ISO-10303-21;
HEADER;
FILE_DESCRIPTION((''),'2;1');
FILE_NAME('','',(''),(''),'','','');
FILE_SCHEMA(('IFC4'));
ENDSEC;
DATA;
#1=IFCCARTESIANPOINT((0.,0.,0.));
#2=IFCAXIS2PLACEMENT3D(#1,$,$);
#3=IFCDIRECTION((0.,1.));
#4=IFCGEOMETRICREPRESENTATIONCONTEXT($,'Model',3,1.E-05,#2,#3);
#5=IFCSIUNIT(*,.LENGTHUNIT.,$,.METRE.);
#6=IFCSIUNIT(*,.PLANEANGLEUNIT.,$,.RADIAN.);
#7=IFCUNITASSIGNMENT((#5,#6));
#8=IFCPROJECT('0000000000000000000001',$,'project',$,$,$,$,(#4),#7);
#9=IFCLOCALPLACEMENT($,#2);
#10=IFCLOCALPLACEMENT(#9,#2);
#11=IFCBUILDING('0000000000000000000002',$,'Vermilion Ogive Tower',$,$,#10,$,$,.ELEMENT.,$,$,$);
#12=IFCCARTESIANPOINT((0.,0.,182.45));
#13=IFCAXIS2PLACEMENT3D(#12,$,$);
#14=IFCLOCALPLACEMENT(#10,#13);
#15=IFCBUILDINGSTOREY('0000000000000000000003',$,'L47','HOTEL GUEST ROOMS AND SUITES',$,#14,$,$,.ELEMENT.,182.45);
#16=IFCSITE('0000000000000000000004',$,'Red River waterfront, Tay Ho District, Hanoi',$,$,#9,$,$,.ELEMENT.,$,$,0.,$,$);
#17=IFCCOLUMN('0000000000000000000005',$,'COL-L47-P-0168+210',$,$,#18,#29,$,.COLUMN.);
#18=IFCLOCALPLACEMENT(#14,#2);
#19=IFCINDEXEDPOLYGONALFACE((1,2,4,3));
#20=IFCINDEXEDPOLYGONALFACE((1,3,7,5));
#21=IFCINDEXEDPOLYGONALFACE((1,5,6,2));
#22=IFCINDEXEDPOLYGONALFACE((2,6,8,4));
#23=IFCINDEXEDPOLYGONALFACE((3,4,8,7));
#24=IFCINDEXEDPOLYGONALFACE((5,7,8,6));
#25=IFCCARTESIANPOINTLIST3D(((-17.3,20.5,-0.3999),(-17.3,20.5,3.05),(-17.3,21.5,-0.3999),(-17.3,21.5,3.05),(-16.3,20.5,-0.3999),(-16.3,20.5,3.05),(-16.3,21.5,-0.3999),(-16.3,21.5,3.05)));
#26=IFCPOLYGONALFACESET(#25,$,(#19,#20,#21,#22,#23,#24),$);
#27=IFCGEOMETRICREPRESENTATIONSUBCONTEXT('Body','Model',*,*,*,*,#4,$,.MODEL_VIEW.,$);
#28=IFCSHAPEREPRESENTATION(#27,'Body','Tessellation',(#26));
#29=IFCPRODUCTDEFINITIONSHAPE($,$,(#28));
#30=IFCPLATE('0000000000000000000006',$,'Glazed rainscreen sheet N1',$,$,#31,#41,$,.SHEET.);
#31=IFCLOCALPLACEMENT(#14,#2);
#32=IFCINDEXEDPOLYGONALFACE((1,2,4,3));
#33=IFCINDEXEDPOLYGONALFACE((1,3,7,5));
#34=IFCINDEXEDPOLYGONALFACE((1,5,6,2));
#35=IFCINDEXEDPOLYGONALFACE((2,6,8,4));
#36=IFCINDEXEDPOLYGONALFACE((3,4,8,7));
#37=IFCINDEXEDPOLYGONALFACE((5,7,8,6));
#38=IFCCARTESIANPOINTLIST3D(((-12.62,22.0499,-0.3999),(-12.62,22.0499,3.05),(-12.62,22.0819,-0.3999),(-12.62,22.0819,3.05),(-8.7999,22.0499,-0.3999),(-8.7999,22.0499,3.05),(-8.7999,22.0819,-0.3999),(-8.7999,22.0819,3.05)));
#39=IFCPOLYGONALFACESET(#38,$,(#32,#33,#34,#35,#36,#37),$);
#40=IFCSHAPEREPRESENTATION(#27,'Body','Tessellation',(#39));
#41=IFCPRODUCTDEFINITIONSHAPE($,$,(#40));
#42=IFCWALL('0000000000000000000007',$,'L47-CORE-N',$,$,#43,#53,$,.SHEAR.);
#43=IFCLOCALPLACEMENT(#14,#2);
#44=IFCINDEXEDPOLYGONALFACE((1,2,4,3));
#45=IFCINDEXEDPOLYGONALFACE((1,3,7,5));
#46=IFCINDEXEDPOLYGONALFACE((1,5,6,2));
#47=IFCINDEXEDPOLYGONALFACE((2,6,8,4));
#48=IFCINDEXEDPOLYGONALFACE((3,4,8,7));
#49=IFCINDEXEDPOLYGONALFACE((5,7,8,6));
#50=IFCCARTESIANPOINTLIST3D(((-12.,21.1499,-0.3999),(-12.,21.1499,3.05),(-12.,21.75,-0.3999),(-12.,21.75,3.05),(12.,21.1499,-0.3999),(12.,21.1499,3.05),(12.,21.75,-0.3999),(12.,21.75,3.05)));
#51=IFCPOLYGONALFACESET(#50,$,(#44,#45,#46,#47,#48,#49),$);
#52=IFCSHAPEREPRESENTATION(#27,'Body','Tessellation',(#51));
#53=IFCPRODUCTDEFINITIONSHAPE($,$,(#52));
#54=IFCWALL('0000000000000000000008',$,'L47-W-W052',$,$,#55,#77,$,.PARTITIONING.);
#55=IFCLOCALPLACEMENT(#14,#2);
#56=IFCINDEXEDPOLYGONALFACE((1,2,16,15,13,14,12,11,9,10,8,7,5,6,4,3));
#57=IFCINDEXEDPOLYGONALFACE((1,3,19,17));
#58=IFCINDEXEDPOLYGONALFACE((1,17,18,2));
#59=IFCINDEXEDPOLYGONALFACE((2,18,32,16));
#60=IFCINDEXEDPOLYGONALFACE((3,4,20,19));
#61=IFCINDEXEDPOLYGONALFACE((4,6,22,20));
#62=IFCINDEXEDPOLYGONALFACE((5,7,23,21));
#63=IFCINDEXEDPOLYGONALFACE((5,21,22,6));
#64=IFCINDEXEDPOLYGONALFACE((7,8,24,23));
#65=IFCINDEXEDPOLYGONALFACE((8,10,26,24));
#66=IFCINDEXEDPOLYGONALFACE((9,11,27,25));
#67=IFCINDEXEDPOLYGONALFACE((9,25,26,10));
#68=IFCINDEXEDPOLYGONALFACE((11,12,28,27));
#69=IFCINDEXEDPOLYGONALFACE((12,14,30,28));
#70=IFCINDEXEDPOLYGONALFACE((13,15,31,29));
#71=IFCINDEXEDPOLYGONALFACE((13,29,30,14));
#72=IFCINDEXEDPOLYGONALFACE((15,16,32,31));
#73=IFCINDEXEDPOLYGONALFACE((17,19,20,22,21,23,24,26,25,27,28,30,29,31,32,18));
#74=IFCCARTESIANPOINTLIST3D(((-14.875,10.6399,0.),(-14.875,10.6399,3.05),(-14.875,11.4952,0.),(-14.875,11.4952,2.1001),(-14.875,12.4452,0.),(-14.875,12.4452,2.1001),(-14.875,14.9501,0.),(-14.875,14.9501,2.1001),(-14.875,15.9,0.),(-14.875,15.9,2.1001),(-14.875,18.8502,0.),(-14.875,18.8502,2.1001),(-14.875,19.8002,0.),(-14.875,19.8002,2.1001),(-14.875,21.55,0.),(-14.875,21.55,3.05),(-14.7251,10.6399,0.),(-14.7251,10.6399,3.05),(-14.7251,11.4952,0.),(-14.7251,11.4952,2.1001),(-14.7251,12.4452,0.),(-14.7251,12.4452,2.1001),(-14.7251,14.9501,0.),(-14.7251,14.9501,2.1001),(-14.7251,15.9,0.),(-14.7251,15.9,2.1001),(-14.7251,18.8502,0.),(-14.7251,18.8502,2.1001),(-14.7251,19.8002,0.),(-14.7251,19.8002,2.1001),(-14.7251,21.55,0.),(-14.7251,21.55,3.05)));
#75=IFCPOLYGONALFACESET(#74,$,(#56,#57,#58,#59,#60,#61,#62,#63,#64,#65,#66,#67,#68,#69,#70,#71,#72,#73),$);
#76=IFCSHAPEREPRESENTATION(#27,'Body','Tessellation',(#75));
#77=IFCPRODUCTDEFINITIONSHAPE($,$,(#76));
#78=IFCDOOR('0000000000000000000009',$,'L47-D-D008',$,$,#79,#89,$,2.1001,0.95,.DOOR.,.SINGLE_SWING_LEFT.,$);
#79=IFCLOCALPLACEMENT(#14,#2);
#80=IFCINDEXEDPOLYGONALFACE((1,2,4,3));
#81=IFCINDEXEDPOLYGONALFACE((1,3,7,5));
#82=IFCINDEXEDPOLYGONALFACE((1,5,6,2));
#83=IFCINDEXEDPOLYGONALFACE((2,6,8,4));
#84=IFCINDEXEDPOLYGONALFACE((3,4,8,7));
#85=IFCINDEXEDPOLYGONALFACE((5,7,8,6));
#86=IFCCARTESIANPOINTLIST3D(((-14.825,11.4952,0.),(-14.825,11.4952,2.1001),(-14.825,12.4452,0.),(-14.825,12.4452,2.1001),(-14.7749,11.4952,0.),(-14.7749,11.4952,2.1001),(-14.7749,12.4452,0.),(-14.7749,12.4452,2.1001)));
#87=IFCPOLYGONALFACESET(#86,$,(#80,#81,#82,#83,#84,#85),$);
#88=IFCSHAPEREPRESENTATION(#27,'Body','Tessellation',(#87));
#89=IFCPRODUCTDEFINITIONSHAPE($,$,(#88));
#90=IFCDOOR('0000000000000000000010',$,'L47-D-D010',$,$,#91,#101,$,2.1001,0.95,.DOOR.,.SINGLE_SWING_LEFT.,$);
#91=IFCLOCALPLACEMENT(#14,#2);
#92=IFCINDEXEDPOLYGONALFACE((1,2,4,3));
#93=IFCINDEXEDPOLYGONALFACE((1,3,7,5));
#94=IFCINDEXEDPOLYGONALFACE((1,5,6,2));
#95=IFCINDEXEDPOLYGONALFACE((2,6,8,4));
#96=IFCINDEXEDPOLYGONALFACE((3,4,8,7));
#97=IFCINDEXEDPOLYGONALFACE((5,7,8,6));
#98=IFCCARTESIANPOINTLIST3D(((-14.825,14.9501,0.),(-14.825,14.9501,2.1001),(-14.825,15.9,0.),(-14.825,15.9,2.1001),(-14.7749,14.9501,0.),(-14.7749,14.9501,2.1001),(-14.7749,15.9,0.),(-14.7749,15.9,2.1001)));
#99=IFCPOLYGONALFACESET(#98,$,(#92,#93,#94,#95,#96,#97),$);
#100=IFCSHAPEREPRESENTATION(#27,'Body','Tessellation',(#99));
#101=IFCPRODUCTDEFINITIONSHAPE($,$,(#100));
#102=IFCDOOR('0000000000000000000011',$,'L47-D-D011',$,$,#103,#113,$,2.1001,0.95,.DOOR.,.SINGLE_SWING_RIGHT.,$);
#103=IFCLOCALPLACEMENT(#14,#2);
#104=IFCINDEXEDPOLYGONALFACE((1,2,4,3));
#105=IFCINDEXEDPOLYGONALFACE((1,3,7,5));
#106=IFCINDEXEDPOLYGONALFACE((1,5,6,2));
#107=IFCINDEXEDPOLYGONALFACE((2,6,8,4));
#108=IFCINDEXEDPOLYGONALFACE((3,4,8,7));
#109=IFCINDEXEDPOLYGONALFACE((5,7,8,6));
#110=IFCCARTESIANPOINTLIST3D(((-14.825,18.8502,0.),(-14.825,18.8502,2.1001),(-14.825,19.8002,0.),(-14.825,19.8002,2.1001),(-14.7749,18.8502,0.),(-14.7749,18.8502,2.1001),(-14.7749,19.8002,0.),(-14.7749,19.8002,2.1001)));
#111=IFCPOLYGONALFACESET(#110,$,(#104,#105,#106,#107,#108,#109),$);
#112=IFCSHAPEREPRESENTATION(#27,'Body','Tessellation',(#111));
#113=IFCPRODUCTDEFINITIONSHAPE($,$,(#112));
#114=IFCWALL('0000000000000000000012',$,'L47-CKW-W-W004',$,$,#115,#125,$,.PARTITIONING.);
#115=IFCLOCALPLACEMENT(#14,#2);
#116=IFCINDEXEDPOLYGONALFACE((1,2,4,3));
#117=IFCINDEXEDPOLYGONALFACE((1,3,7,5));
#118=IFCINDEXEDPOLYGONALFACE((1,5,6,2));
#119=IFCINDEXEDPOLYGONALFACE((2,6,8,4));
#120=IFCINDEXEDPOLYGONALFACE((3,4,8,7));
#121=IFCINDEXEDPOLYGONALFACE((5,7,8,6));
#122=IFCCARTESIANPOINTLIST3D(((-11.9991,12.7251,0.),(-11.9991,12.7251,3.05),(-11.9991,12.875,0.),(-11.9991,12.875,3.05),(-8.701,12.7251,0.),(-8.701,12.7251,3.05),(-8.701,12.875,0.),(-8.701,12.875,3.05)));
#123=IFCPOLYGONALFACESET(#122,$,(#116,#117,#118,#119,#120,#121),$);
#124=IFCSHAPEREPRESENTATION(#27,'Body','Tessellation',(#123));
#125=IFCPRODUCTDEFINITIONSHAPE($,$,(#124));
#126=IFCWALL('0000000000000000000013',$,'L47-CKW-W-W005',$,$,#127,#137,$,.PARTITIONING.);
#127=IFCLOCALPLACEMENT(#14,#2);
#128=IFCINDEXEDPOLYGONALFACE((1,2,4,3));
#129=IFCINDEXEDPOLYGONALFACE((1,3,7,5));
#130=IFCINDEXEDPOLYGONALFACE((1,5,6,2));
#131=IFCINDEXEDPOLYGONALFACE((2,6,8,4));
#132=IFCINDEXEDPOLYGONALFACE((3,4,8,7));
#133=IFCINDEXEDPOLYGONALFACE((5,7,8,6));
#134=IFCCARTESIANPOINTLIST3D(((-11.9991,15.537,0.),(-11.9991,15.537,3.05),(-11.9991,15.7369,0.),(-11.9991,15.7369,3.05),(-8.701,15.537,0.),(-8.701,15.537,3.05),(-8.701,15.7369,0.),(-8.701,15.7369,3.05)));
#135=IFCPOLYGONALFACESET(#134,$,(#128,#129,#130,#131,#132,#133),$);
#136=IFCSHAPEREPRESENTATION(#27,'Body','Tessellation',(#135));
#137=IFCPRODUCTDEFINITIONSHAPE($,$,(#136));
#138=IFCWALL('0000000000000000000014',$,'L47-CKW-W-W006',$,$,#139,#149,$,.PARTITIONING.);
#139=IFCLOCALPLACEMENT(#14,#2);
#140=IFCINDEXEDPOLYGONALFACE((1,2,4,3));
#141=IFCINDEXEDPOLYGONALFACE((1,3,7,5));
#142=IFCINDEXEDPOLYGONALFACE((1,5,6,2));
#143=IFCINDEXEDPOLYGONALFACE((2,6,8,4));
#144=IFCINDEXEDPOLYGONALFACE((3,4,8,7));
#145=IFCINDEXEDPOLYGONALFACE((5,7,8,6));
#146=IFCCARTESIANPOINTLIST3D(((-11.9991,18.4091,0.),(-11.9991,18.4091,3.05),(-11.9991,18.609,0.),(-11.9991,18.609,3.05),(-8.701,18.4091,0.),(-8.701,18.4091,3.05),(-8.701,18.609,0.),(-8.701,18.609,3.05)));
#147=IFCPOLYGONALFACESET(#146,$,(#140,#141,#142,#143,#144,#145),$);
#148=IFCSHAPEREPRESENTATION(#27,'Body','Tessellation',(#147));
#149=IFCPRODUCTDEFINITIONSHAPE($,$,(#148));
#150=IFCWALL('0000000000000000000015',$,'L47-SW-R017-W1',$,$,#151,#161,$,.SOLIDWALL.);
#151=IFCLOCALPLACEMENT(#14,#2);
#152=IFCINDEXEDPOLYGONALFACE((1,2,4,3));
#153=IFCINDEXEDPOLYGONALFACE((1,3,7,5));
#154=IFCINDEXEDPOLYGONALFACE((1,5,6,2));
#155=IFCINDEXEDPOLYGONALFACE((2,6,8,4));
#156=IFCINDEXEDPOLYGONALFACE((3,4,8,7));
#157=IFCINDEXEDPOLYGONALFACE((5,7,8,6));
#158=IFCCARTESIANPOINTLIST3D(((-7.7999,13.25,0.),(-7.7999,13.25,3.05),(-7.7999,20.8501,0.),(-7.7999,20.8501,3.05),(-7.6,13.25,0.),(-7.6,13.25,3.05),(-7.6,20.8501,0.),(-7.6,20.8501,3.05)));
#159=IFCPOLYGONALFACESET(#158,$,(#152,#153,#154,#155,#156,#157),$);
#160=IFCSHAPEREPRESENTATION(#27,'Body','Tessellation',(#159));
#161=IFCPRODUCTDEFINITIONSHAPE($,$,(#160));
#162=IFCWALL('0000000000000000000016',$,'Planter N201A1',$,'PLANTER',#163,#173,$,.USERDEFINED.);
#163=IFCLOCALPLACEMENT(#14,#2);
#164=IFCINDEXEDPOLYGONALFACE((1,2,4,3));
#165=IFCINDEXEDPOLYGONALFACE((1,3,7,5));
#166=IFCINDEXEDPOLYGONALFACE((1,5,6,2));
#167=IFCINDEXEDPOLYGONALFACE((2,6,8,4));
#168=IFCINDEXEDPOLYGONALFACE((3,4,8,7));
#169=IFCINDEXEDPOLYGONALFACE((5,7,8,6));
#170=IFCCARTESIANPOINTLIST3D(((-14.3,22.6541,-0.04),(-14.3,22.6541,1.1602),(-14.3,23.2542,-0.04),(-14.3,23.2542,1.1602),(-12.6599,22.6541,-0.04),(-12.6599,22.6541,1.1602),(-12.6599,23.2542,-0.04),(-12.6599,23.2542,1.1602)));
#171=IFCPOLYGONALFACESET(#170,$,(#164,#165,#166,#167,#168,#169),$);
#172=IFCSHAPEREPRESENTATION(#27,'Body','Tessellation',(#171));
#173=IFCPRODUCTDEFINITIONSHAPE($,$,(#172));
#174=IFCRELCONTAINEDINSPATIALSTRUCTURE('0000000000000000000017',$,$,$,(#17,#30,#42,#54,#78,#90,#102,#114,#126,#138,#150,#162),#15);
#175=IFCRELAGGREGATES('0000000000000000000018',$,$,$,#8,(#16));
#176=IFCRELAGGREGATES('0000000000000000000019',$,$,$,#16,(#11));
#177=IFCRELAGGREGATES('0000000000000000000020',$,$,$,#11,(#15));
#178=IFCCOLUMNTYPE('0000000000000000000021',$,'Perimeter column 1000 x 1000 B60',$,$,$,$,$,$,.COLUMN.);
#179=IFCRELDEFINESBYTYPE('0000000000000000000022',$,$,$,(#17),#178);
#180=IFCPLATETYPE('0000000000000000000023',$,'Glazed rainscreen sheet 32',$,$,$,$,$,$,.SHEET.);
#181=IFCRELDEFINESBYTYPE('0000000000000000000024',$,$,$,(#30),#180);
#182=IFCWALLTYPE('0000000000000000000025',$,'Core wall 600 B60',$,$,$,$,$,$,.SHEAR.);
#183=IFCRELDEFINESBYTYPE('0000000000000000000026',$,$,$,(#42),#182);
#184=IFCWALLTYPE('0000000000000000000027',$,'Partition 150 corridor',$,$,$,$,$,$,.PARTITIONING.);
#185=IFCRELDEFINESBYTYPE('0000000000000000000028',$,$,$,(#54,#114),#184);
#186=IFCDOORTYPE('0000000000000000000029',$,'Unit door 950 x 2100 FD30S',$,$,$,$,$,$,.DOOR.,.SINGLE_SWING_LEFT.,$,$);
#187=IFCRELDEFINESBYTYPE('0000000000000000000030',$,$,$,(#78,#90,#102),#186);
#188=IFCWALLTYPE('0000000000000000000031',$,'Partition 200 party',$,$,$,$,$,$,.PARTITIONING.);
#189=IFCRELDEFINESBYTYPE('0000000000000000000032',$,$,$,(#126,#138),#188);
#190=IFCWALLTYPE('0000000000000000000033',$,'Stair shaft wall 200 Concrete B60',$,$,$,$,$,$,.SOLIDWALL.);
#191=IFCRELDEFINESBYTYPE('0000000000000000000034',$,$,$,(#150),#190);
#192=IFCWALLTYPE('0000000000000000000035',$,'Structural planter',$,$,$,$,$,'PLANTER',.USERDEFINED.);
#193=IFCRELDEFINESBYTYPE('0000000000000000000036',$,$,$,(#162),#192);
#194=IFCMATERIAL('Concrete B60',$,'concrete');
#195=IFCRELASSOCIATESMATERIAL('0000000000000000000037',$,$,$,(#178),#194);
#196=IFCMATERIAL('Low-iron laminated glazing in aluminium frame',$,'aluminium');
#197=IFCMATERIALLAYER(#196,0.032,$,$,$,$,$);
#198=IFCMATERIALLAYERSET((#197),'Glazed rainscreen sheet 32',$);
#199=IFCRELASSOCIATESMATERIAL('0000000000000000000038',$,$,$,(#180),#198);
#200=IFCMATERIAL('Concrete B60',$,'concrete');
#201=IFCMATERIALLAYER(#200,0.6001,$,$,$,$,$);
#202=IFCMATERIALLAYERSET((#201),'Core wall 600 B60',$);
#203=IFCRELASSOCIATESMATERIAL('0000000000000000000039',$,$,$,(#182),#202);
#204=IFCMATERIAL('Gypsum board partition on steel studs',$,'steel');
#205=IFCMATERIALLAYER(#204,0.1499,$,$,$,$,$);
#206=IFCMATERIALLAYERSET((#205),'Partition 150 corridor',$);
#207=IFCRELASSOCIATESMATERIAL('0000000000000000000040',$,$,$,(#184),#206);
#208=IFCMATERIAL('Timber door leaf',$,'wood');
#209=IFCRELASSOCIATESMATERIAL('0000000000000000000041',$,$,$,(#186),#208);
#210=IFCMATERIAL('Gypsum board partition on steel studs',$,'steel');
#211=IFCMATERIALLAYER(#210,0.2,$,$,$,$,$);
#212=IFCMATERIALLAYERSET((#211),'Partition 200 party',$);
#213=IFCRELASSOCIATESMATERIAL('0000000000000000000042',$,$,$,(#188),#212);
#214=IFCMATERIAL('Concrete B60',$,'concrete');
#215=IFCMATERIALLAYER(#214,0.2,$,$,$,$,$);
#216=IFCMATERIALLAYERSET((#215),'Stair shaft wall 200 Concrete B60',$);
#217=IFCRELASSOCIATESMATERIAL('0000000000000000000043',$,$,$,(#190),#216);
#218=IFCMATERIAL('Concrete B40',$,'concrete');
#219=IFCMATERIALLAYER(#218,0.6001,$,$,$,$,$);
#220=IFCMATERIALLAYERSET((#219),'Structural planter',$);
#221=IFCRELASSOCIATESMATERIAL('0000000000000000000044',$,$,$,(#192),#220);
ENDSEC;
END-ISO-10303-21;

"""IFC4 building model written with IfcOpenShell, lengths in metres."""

from ifc_helpers import new_model, si_unit, direction, frame, frame_2d, origin, origin_2d, place, context, subcontext, project, spatial, rectangle, extrude, material, layer, layer_set, material_profile, profile_set, type_object, element, fill, save


model = new_model("IFC4")

# Units and contexts
model_context = context("Model", 3, precision=1e-05, world=origin(), true_north=direction((0.0, 1.0)))
body_context = subcontext(model_context, "Body", "Model", "MODEL_VIEW")
ifc_project = project(units=[si_unit("LENGTHUNIT", "METRE"), si_unit("PLANEANGLEUNIT", "RADIAN")], contexts=[model_context])

# Site, building, storey
site_placement = place(None, origin())
site = spatial("IfcSite", under=ifc_project, at=site_placement, Name="Red River waterfront, Tay Ho District, Hanoi", CompositionType="ELEMENT", RefElevation=0.0)
building_placement = place(site_placement, origin())
building = spatial("IfcBuilding", under=site, at=building_placement, Name="Vermilion Ogive Tower", CompositionType="ELEMENT")
storey_placement = place(building_placement, frame((0.0, 0.0, 182.45)))
storey = spatial("IfcBuildingStorey", under=building, at=storey_placement, Name="L47", Description="HOTEL GUEST ROOMS AND SUITES", CompositionType="ELEMENT", Elevation=182.45)

# Column
ifc_material_1 = material(Name="Concrete B60", Category="concrete")
ifc_material_profile = material_profile(ifc_material_1, rectangle(XDim=1.0, YDim=1.0, at=origin_2d()), Name="1000 x 1000")
ifc_profile_set = profile_set([ifc_material_profile], Name="Concrete B60")
column_type = type_object("IfcColumnType", Name="Perimeter column 1000 x 1000 B60", PredefinedType="COLUMN", material=ifc_profile_set)
column_placement = place(storey_placement, frame((-16.8, 21.0, -0.3999), z_axis=(0.0, 0.0, 1.0), x_axis=(1.0, 0.0, 0.0)))
element("IfcColumn", 1, at=column_placement, inside=storey, type_object=column_type, Name="COL-L47-P-0168+210", PredefinedType="COLUMN", context=body_context, shape_type="SweptSolid", body=[
    extrude(rectangle(XDim=1.0, YDim=1.0, at=origin_2d()), origin(), (0.0, 0.0, 1.0), 3.45),
])

# Plate
ifc_material_2 = material(Name="Low-iron laminated glazing in aluminium frame", Category="aluminium")
ifc_layer_1 = layer(ifc_material_2, 0.032)
ifc_layer_set_1 = layer_set([ifc_layer_1], Name="Glazed rainscreen sheet 32")
plate_type = type_object("IfcPlateType", Name="Glazed rainscreen sheet 32", PredefinedType="SHEET", material=ifc_layer_set_1)
plate_placement = place(storey_placement, frame((-10.71, 22.0659, -0.3999), z_axis=(0.0, 0.0, 1.0), x_axis=(1.0, 0.0, 0.0)))
element("IfcPlate", 2, at=plate_placement, inside=storey, type_object=plate_type, Name="Glazed rainscreen sheet N1", PredefinedType="SHEET", context=body_context, shape_type="SweptSolid", body=[
    extrude(rectangle(XDim=3.8201, YDim=0.032, at=origin_2d()), origin(), (0.0, 0.0, 1.0), 3.45),
])

# Wall
ifc_material_3 = material(Name="Concrete B60", Category="concrete")
ifc_layer_2 = layer(ifc_material_3, 0.6001)
ifc_layer_set_2 = layer_set([ifc_layer_2], Name="Core wall 600 B60")
wall_type_1 = type_object("IfcWallType", Name="Core wall 600 B60", PredefinedType="SHEAR", material=ifc_layer_set_2)
wall_1_placement = place(storey_placement, frame((-12.0, 21.45, -0.3999), z_axis=(0.0, 0.0, 1.0), x_axis=(1.0, 0.0, 0.0)))
element("IfcWall", 3, at=wall_1_placement, inside=storey, type_object=wall_type_1, Name="L47-CORE-N", PredefinedType="SHEAR", context=body_context, shape_type="SweptSolid", body=[
    extrude(rectangle(XDim=24.0, YDim=0.6001, at=frame_2d((12.0, 0.0))), origin(), (0.0, 0.0, 1.0), 3.45),
])

# Wall, openings, doors
ifc_material_4 = material(Name="Gypsum board partition on steel studs", Category="steel")
ifc_layer_3 = layer(ifc_material_4, 0.1499)
ifc_layer_set_3 = layer_set([ifc_layer_3], Name="Partition 150 corridor")
wall_type_2 = type_object("IfcWallType", Name="Partition 150 corridor", PredefinedType="PARTITIONING", material=ifc_layer_set_3)
wall_2_placement = place(storey_placement, frame((-14.8, 10.6399, 0.0), z_axis=(0.0, 0.0, 1.0), x_axis=(0.0, 1.0, 0.0)))
wall_2 = element("IfcWall", 4, at=wall_2_placement, inside=storey, type_object=wall_type_2, Name="L47-W-W052", PredefinedType="PARTITIONING", context=body_context, shape_type="SweptSolid", body=[
    extrude(rectangle(XDim=10.9102, YDim=0.1499, at=frame_2d((5.4551, 0.0))), origin(), (0.0, 0.0, 1.0), 3.05),
])
opening_1_placement = place(wall_2_placement, frame((0.8552, 0.0, 0.0)))
opening_1 = element("IfcOpeningElement", 5, at=opening_1_placement, cuts=wall_2, PredefinedType="OPENING", context=body_context, shape_type="SweptSolid", body=[
    extrude(rectangle(XDim=0.95, YDim=2.1001, at=frame_2d((0.4751, 1.05))), frame((0.0, 0.085, 0.0), z_axis=(0.0, -1.0, 0.0), x_axis=(1.0, 0.0, 0.0)), (0.0, 0.0, 1.0), 0.1699),
])
opening_2_placement = place(wall_2_placement, frame((4.3101, 0.0, 0.0)))
opening_2 = element("IfcOpeningElement", 6, at=opening_2_placement, cuts=wall_2, PredefinedType="OPENING", context=body_context, shape_type="SweptSolid", body=[
    extrude(rectangle(XDim=0.95, YDim=2.1001, at=frame_2d((0.4751, 1.05))), frame((0.0, 0.085, 0.0), z_axis=(0.0, -1.0, 0.0), x_axis=(1.0, 0.0, 0.0)), (0.0, 0.0, 1.0), 0.1699),
])
opening_3_placement = place(wall_2_placement, frame((8.2102, 0.0, 0.0)))
opening_3 = element("IfcOpeningElement", 7, at=opening_3_placement, cuts=wall_2, PredefinedType="OPENING", context=body_context, shape_type="SweptSolid", body=[
    extrude(rectangle(XDim=0.95, YDim=2.1001, at=frame_2d((0.4751, 1.05))), frame((0.0, 0.085, 0.0), z_axis=(0.0, -1.0, 0.0), x_axis=(1.0, 0.0, 0.0)), (0.0, 0.0, 1.0), 0.1699),
])
ifc_material_5 = material(Name="Timber door leaf", Category="wood")
door_type_1 = type_object("IfcDoorType", Name="Unit door 950 x 2100 FD30S", OperationType="SINGLE_SWING_LEFT", PredefinedType="DOOR", material=ifc_material_5)
door_1_placement = place(opening_1_placement, origin())
door_1 = element("IfcDoor", 8, at=door_1_placement, inside=storey, type_object=door_type_1, Name="L47-D-D008", OperationType="SINGLE_SWING_LEFT", OverallHeight=2.1001, OverallWidth=0.95, PredefinedType="DOOR", context=body_context, shape_type="SweptSolid", body=[
    extrude(rectangle(XDim=0.95, YDim=2.1001, at=frame_2d((0.4751, 1.05))), frame((0.0, 0.0249, 0.0), z_axis=(0.0, -1.0, 0.0), x_axis=(1.0, 0.0, 0.0)), (0.0, 0.0, 1.0), 0.05),
])
fill(opening_1, door_1)
door_2_placement = place(opening_2_placement, origin())
door_2 = element("IfcDoor", 9, at=door_2_placement, inside=storey, type_object=door_type_1, Name="L47-D-D010", OperationType="SINGLE_SWING_LEFT", OverallHeight=2.1001, OverallWidth=0.95, PredefinedType="DOOR", context=body_context, shape_type="SweptSolid", body=[
    extrude(rectangle(XDim=0.95, YDim=2.1001, at=frame_2d((0.4751, 1.05))), frame((0.0, 0.0249, 0.0), z_axis=(0.0, -1.0, 0.0), x_axis=(1.0, 0.0, 0.0)), (0.0, 0.0, 1.0), 0.05),
])
fill(opening_2, door_2)
door_3_placement = place(opening_3_placement, origin())
door_3 = element("IfcDoor", 10, at=door_3_placement, inside=storey, type_object=door_type_1, Name="L47-D-D011", OperationType="SINGLE_SWING_RIGHT", OverallHeight=2.1001, OverallWidth=0.95, PredefinedType="DOOR", context=body_context, shape_type="SweptSolid", body=[
    extrude(rectangle(XDim=0.95, YDim=2.1001, at=frame_2d((0.4751, 1.05))), frame((0.0, 0.0249, 0.0), z_axis=(0.0, -1.0, 0.0), x_axis=(1.0, 0.0, 0.0)), (0.0, 0.0, 1.0), 0.05),
])
fill(opening_3, door_3)

# Walls
wall_3_placement = place(storey_placement, frame((-11.999, 12.8, 0.0), z_axis=(0.0, 0.0, 1.0), x_axis=(1.0, 0.0, 0.0)))
element("IfcWall", 11, at=wall_3_placement, inside=storey, type_object=wall_type_2, Name="L47-CKW-W-W004", PredefinedType="PARTITIONING", context=body_context, shape_type="SweptSolid", body=[
    extrude(rectangle(XDim=3.2981, YDim=0.1499, at=frame_2d((1.6489, 0.0))), origin(), (0.0, 0.0, 1.0), 3.05),
])
ifc_material_6 = material(Name="Gypsum board partition on steel studs", Category="steel")
ifc_layer_4 = layer(ifc_material_6, 0.2)
ifc_layer_set_4 = layer_set([ifc_layer_4], Name="Partition 200 party")
wall_type_3 = type_object("IfcWallType", Name="Partition 200 party", PredefinedType="PARTITIONING", material=ifc_layer_set_4)
for number, where, z_axis, x_axis, name in (
    (12, (-11.999, 15.637, 0.0), (0.0, 0.0, 1.0), (1.0, 0.0, 0.0), "L47-CKW-W-W005"),
    (13, (-11.999, 18.509, 0.0), (0.0, 0.0, 1.0), (1.0, 0.0, 0.0), "L47-CKW-W-W006"),
):
    element("IfcWall", number, at=place(storey_placement, frame(where, z_axis=z_axis, x_axis=x_axis)), inside=storey, type_object=wall_type_3, Name=name, PredefinedType="PARTITIONING", context=body_context, shape_type="SweptSolid", body=[
        extrude(rectangle(XDim=3.2981, YDim=0.2, at=frame_2d((1.6489, 0.0))), origin(), (0.0, 0.0, 1.0), 3.05),
    ])
ifc_material_7 = material(Name="Concrete B60", Category="concrete")
ifc_layer_5 = layer(ifc_material_7, 0.2)
ifc_layer_set_5 = layer_set([ifc_layer_5], Name="Stair shaft wall 200 Concrete B60")
wall_type_4 = type_object("IfcWallType", Name="Stair shaft wall 200 Concrete B60", PredefinedType="SOLIDWALL", material=ifc_layer_set_5)
wall_4_placement = place(storey_placement, frame((-7.7, 13.25, 0.0), z_axis=(0.0, 0.0, 1.0), x_axis=(0.0, 1.0, 0.0)))
element("IfcWall", 14, at=wall_4_placement, inside=storey, type_object=wall_type_4, Name="L47-SW-R017-W1", PredefinedType="SOLIDWALL", context=body_context, shape_type="SweptSolid", body=[
    extrude(rectangle(XDim=7.6001, YDim=0.2, at=frame_2d((3.8, 0.0))), origin(), (0.0, 0.0, 1.0), 3.05),
])
ifc_material_8 = material(Name="Concrete B40", Category="concrete")
ifc_layer_6 = layer(ifc_material_8, 0.6001)
ifc_layer_set_6 = layer_set([ifc_layer_6], Name="Structural planter")
wall_type_5 = type_object("IfcWallType", Name="Structural planter", ElementType="PLANTER", PredefinedType="USERDEFINED", material=ifc_layer_set_6)
wall_5_placement = place(storey_placement, frame((-12.6599, 22.9541, -0.04), z_axis=(0.0, 0.0, 1.0), x_axis=(-1.0, 0.0, 0.0)))
element("IfcWall", 15, at=wall_5_placement, inside=storey, type_object=wall_type_5, Name="Planter N201A1", ObjectType="PLANTER", PredefinedType="USERDEFINED", context=body_context, shape_type="SweptSolid", body=[
    extrude(rectangle(XDim=1.6401, YDim=0.6001, at=frame_2d((0.8201, 0.0))), origin(), (0.0, 0.0, 1.0), 1.2002),
])

save(model, "model.ifc")
